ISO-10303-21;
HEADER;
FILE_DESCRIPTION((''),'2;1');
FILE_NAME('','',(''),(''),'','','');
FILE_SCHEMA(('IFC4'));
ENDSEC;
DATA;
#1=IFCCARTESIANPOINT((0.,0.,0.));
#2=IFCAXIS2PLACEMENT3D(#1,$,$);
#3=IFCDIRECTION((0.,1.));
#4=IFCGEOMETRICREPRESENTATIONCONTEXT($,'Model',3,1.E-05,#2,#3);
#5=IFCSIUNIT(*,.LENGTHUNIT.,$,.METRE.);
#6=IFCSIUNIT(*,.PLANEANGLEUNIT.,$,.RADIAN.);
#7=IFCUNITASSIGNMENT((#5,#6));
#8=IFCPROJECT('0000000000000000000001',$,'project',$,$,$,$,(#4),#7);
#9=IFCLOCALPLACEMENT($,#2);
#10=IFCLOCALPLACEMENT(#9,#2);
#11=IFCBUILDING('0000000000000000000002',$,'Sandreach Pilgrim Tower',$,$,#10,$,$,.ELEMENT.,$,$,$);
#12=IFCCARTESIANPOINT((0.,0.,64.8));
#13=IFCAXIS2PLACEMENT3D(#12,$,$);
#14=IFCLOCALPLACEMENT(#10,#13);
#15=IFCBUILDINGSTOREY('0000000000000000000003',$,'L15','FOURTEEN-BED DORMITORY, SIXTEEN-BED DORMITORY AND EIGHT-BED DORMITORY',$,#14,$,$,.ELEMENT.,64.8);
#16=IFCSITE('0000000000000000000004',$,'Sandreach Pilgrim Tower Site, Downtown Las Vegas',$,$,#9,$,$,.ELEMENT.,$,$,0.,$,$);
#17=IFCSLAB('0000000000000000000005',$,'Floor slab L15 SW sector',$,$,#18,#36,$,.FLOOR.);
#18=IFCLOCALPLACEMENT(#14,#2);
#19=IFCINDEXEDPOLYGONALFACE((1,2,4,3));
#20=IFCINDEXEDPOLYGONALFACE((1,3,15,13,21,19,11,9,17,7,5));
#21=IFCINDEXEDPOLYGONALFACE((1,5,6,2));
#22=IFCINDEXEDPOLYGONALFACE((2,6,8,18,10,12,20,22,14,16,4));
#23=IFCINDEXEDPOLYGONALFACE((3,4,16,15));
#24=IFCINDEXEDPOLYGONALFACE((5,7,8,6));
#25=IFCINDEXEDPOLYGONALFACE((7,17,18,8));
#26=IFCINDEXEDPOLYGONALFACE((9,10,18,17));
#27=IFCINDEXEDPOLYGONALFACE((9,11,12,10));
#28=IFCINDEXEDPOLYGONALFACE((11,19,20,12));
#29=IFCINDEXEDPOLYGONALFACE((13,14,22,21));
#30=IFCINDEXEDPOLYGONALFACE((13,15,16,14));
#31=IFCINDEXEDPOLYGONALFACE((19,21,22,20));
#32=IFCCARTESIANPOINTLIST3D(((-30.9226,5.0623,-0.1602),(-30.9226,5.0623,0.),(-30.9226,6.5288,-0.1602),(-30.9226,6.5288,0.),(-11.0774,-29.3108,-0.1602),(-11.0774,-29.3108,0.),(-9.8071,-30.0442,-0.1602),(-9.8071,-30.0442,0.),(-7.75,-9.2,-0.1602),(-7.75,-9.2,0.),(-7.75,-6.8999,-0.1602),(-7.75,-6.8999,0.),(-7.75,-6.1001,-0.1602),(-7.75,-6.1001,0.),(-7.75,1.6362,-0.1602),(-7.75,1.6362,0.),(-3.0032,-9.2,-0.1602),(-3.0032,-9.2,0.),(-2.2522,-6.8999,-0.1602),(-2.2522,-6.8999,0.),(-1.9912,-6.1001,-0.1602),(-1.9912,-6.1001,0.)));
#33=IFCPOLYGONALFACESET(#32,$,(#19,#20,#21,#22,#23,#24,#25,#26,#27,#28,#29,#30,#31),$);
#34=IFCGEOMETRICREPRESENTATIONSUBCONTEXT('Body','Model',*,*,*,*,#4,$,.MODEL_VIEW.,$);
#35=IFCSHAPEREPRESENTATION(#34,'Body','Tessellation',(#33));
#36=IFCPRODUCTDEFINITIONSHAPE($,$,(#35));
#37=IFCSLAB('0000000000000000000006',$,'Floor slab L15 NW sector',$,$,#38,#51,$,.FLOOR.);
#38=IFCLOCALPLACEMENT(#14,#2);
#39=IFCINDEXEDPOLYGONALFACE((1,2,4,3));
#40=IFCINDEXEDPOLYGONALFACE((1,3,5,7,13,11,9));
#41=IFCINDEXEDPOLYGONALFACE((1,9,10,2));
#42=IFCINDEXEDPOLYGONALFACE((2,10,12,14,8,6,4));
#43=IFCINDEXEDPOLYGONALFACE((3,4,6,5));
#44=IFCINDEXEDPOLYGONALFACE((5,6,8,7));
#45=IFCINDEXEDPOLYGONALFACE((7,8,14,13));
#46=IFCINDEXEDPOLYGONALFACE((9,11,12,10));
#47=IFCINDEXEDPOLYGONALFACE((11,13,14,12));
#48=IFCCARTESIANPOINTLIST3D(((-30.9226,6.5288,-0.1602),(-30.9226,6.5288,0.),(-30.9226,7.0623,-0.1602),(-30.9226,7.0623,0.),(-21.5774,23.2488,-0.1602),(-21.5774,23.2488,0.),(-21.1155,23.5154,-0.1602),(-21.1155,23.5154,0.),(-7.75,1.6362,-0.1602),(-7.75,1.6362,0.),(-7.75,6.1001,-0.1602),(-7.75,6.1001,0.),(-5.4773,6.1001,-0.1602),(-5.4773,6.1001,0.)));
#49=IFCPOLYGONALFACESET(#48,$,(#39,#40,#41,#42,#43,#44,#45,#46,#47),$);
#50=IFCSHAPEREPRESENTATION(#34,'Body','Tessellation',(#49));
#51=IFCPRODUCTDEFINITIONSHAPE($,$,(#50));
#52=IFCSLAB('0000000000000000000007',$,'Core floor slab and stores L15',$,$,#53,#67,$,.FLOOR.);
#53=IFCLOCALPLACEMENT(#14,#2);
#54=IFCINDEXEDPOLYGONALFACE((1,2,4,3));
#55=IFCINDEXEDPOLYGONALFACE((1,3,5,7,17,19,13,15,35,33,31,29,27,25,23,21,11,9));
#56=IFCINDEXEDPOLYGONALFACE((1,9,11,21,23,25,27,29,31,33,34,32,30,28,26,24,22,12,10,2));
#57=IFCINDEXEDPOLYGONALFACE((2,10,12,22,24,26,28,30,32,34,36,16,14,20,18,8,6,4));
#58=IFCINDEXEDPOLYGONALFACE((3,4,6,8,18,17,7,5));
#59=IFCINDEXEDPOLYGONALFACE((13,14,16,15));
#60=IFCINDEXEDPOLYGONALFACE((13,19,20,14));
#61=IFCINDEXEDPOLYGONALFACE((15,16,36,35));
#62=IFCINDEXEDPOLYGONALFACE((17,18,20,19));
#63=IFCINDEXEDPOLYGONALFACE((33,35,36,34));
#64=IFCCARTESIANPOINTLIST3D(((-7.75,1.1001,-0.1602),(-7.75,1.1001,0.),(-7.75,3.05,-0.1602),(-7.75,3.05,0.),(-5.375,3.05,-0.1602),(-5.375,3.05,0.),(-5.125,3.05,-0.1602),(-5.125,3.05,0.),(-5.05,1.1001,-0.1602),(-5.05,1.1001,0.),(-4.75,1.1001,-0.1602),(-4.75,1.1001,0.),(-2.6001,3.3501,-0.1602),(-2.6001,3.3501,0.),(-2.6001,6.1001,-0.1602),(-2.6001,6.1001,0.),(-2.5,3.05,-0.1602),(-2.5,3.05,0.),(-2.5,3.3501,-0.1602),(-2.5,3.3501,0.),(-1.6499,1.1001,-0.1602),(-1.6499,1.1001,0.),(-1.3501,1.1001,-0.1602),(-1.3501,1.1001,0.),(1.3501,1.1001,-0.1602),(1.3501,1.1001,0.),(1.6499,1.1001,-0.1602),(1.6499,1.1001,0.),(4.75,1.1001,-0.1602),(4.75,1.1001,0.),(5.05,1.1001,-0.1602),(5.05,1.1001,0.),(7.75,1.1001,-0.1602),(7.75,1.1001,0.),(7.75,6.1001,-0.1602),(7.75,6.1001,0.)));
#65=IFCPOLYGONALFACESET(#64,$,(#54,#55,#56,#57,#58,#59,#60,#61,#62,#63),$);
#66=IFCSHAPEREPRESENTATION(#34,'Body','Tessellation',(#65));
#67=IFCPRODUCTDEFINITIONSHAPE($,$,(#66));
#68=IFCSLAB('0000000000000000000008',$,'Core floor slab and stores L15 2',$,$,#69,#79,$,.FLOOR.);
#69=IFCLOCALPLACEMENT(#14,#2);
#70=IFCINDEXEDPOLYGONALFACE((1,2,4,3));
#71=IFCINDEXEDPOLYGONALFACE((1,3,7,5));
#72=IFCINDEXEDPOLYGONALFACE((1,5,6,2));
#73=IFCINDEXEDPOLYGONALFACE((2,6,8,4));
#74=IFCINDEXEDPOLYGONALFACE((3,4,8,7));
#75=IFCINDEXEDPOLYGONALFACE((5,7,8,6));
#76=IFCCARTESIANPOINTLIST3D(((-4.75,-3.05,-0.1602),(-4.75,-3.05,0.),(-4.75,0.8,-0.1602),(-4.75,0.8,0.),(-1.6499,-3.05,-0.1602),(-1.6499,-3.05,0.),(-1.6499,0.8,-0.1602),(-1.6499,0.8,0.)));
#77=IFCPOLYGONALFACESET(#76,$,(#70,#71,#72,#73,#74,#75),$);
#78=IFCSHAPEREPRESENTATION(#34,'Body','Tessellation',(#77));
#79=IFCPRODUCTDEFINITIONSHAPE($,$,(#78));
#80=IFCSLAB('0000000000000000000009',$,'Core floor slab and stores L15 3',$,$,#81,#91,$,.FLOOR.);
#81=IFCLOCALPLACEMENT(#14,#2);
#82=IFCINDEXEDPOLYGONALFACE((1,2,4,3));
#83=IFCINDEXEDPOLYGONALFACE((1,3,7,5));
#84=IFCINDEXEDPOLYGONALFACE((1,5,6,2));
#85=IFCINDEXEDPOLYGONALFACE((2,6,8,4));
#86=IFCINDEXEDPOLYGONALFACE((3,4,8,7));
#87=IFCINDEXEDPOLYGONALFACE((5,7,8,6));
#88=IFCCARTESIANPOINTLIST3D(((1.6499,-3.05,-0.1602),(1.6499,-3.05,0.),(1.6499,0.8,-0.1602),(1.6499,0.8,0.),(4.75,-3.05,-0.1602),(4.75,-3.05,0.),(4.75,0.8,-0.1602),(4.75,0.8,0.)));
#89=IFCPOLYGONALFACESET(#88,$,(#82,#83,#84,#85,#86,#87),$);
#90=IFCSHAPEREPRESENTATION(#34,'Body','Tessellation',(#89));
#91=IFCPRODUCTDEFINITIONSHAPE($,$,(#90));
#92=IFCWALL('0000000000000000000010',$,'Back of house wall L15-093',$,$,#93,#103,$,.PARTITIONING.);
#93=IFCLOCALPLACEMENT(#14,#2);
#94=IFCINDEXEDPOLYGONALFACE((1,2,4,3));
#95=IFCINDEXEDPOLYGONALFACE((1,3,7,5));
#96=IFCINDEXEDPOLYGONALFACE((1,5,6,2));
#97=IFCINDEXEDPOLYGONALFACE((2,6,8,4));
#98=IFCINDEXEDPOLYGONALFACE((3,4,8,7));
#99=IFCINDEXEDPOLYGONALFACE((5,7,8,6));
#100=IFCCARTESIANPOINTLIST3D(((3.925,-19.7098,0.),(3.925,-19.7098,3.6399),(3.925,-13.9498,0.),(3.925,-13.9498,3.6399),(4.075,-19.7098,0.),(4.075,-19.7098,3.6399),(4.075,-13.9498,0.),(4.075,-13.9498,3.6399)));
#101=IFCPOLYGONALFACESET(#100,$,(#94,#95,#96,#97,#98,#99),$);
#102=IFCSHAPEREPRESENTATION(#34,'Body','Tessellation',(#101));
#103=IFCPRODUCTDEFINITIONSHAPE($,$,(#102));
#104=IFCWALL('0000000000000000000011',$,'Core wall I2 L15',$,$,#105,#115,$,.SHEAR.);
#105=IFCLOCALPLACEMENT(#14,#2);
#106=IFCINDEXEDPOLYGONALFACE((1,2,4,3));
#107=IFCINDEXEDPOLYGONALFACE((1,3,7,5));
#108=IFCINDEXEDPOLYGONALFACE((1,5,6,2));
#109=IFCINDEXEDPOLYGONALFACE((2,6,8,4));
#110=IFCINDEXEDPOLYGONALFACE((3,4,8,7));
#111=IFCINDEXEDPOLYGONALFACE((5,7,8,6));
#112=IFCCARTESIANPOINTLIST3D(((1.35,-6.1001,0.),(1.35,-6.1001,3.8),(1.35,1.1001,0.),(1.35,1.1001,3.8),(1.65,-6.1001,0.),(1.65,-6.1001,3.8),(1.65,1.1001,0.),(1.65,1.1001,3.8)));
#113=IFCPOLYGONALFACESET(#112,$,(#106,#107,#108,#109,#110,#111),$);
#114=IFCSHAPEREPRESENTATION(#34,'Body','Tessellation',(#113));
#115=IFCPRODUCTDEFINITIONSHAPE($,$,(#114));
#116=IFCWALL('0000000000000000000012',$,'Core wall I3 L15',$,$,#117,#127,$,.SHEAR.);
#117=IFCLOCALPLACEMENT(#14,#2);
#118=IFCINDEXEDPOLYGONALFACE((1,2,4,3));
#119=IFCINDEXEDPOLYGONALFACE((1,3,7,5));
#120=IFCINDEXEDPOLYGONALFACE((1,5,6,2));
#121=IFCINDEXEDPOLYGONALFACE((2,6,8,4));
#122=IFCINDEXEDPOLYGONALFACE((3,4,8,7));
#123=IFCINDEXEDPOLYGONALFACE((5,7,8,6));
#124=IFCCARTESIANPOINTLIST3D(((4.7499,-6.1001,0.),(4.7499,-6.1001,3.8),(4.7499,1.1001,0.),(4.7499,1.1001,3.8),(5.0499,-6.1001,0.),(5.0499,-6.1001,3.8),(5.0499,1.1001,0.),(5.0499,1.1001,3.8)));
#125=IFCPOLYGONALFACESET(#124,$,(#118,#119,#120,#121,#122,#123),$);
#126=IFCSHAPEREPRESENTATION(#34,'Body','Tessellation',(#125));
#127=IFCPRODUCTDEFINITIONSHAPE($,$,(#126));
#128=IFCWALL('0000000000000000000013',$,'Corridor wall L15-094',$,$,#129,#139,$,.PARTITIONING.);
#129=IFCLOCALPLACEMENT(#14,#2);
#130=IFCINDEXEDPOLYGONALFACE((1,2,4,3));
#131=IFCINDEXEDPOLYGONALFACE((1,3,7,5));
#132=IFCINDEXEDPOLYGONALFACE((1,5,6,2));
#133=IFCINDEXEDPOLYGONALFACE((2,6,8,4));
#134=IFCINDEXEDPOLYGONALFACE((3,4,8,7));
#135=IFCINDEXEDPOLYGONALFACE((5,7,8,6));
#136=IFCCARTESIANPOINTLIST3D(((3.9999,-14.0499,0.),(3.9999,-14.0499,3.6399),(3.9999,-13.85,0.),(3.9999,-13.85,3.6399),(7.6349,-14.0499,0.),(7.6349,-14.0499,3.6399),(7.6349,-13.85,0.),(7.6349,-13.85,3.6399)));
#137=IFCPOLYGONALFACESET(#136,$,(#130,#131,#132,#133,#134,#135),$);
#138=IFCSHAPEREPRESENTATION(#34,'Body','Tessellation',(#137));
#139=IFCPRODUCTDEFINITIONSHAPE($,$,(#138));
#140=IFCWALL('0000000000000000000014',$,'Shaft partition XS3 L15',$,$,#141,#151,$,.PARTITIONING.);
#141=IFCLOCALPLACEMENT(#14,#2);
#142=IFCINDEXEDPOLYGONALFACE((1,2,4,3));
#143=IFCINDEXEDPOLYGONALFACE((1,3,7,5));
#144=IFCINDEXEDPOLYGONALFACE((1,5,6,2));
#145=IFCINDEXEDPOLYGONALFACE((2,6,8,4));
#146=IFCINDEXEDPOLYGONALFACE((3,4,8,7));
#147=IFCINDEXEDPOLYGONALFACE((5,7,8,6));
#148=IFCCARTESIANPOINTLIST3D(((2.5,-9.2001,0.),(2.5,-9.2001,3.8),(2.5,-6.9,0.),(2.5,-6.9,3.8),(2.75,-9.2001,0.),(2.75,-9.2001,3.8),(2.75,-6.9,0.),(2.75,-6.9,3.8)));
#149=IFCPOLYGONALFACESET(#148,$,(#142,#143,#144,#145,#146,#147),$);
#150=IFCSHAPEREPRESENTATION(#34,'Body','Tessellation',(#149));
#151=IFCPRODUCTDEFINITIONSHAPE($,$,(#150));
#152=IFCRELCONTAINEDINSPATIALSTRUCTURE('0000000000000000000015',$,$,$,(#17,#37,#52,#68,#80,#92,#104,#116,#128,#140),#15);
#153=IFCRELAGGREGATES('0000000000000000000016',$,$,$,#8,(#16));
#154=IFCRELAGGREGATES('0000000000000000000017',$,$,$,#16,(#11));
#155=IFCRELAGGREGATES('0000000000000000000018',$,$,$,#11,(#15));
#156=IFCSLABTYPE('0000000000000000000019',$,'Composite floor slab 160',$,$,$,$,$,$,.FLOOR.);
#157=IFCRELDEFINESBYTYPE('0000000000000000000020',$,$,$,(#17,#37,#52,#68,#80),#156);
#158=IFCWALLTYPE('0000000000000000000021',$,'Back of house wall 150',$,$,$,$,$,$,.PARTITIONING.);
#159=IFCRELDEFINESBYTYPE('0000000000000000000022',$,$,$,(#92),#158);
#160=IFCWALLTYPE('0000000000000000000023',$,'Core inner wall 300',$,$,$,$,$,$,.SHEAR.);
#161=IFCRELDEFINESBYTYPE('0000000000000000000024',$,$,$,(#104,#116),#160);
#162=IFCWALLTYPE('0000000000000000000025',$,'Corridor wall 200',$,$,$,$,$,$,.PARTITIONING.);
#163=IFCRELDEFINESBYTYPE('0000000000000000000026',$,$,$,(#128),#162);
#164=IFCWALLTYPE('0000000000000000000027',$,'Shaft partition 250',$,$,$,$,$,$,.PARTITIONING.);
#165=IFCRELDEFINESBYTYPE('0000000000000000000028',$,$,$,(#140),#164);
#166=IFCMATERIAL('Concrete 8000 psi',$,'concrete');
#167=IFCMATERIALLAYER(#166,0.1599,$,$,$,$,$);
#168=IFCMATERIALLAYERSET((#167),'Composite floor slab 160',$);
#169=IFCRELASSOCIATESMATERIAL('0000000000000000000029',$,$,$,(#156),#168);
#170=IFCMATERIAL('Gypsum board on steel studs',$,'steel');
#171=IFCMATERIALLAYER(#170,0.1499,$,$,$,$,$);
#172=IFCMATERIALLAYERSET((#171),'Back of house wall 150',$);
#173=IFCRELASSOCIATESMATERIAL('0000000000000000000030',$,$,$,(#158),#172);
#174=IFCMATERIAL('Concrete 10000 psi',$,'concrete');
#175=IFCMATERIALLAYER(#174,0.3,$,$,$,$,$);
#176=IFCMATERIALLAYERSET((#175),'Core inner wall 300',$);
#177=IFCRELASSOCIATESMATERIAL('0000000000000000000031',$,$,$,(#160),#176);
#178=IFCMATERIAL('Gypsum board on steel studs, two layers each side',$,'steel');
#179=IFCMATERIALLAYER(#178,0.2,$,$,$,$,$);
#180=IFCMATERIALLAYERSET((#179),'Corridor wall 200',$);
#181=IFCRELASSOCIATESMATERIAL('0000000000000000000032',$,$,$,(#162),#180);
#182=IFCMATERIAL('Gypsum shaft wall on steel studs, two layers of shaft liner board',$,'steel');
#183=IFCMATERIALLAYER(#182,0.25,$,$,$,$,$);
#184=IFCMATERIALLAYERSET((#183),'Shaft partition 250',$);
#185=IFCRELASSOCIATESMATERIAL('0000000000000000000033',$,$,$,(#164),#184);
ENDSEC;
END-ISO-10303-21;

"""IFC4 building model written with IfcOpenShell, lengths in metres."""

from ifc_helpers import new_model, si_unit, direction, frame, frame_2d, origin, place, context, subcontext, project, spatial, polyline, rectangle, outline, extrude, material, layer, layer_set, type_object, element, save


model = new_model("IFC4")

# Units and contexts
model_context = context("Model", 3, precision=1e-05, world=origin(), true_north=direction((0.0, 1.0)))
body_context = subcontext(model_context, "Body", "Model", "MODEL_VIEW")
ifc_project = project(units=[si_unit("LENGTHUNIT", "METRE"), si_unit("PLANEANGLEUNIT", "RADIAN")], contexts=[model_context])

# Site, building, storey
site_placement = place(None, origin())
site = spatial("IfcSite", under=ifc_project, at=site_placement, Name="Sandreach Pilgrim Tower Site, Downtown Las Vegas", CompositionType="ELEMENT", RefElevation=0.0)
building_placement = place(site_placement, origin())
building = spatial("IfcBuilding", under=site, at=building_placement, Name="Sandreach Pilgrim Tower", CompositionType="ELEMENT")
storey_placement = place(building_placement, frame((0.0, 0.0, 64.8)))
storey = spatial("IfcBuildingStorey", under=building, at=storey_placement, Name="L15", Description="FOURTEEN-BED DORMITORY, SIXTEEN-BED DORMITORY AND EIGHT-BED DORMITORY", CompositionType="ELEMENT", Elevation=64.8)

# Slabs
ifc_material_1 = material(Name="Concrete 8000 psi", Category="concrete")
ifc_layer_1 = layer(ifc_material_1, 0.1599)
ifc_layer_set_1 = layer_set([ifc_layer_1], Name="Composite floor slab 160")
slab_type = type_object("IfcSlabType", Name="Composite floor slab 160", PredefinedType="FLOOR", material=ifc_layer_set_1)
slab_1_placement = place(storey_placement, frame((0.0, 0.0, -0.1602)))
element("IfcSlab", 1, at=slab_1_placement, inside=storey, type_object=slab_type, Name="Floor slab L15 SW sector", PredefinedType="FLOOR", context=body_context, shape_type="SweptSolid", body=[
    extrude(outline(polyline([(-11.0774, -29.3108), (-30.9226, 5.0623), (-30.9226, 6.5288), (-7.75, 1.6362), (-7.75, -6.1001), (-1.9912, -6.1001), (-2.2522, -6.8999), (-7.75, -6.8999), (-7.75, -9.2), (-3.0032, -9.2), (-9.8071, -30.0442), (-11.0774, -29.3108)])), origin(), (0.0, 0.0, 1.0), 0.1602),
])
slab_2_placement = place(storey_placement, frame((0.0, 0.0, -0.1602)))
element("IfcSlab", 2, at=slab_2_placement, inside=storey, type_object=slab_type, Name="Floor slab L15 NW sector", PredefinedType="FLOOR", context=body_context, shape_type="SweptSolid", body=[
    extrude(outline(polyline([(-30.9226, 7.0623), (-21.5774, 23.2488), (-21.1155, 23.5154), (-5.4773, 6.1001), (-7.75, 6.1001), (-7.75, 1.6362), (-30.9226, 6.5288), (-30.9226, 7.0623)])), origin(), (0.0, 0.0, 1.0), 0.1602),
])
slab_3_placement = place(storey_placement, frame((0.0, 0.0, -0.1602)))
element("IfcSlab", 3, at=slab_3_placement, inside=storey, type_object=slab_type, Name="Core floor slab and stores L15", PredefinedType="FLOOR", context=body_context, shape_type="SweptSolid", body=[
    extrude(outline(polyline([(-7.75, 3.05), (-5.375, 3.05), (-5.125, 3.05), (-2.5, 3.05), (-2.5, 3.3501), (-2.6001, 3.3501), (-2.6001, 6.1001), (7.75, 6.1001), (7.75, 1.1001), (5.05, 1.1001), (4.75, 1.1001), (1.6499, 1.1001), (1.3501, 1.1001), (-1.3501, 1.1001), (-1.6499, 1.1001), (-4.75, 1.1001), (-5.05, 1.1001), (-7.75, 1.1001), (-7.75, 3.05)])), origin(), (0.0, 0.0, 1.0), 0.1602),
])
slab_4_placement = place(storey_placement, frame((0.0, 0.0, -0.1602)))
element("IfcSlab", 4, at=slab_4_placement, inside=storey, type_object=slab_type, Name="Core floor slab and stores L15 2", PredefinedType="FLOOR", context=body_context, shape_type="SweptSolid", body=[
    extrude(outline(polyline([(-1.6499, -3.05), (-4.75, -3.05), (-4.75, 0.8), (-1.6499, 0.8), (-1.6499, -3.05)])), origin(), (0.0, 0.0, 1.0), 0.1602),
])
slab_5_placement = place(storey_placement, frame((0.0, 0.0, -0.1602)))
element("IfcSlab", 5, at=slab_5_placement, inside=storey, type_object=slab_type, Name="Core floor slab and stores L15 3", PredefinedType="FLOOR", context=body_context, shape_type="SweptSolid", body=[
    extrude(outline(polyline([(4.75, -3.05), (1.6499, -3.05), (1.6499, 0.8), (4.75, 0.8), (4.75, -3.05)])), origin(), (0.0, 0.0, 1.0), 0.1602),
])

# Walls
ifc_material_2 = material(Name="Gypsum board on steel studs", Category="steel")
ifc_layer_2 = layer(ifc_material_2, 0.1499)
ifc_layer_set_2 = layer_set([ifc_layer_2], Name="Back of house wall 150")
wall_type_1 = type_object("IfcWallType", Name="Back of house wall 150", PredefinedType="PARTITIONING", material=ifc_layer_set_2)
wall_1_placement = place(storey_placement, frame((4.0, -13.95, 0.0), z_axis=(0.0, 0.0, 1.0), x_axis=(0.0, -1.0, 0.0)))
element("IfcWall", 6, at=wall_1_placement, inside=storey, type_object=wall_type_1, Name="Back of house wall L15-093", PredefinedType="PARTITIONING", context=body_context, shape_type="SweptSolid", body=[
    extrude(rectangle(XDim=5.76, YDim=0.1499, at=frame_2d((2.8799, 0.0))), origin(), (0.0, 0.0, 1.0), 3.6399),
])
ifc_material_3 = material(Name="Concrete 10000 psi", Category="concrete")
ifc_layer_3 = layer(ifc_material_3, 0.3)
ifc_layer_set_3 = layer_set([ifc_layer_3], Name="Core inner wall 300")
wall_type_2 = type_object("IfcWallType", Name="Core inner wall 300", PredefinedType="SHEAR", material=ifc_layer_set_3)
for number, where, z_axis, x_axis, name in (
    (7, (1.5, -6.1001, 0.0), (0.0, 0.0, 1.0), (0.0, 1.0, 0.0), "Core wall I2 L15"),
    (8, (4.8999, -6.1001, 0.0), (0.0, 0.0, 1.0), (0.0, 1.0, 0.0), "Core wall I3 L15"),
):
    element("IfcWall", number, at=place(storey_placement, frame(where, z_axis=z_axis, x_axis=x_axis)), inside=storey, type_object=wall_type_2, Name=name, PredefinedType="SHEAR", context=body_context, shape_type="SweptSolid", body=[
        extrude(rectangle(XDim=7.2002, YDim=0.3, at=frame_2d((3.6001, 0.0))), origin(), (0.0, 0.0, 1.0), 3.8),
    ])

# Shared definitions
ifc_material_4 = material(Name="Gypsum board on steel studs, two layers each side", Category="steel")
ifc_layer_4 = layer(ifc_material_4, 0.2)
ifc_layer_set_4 = layer_set([ifc_layer_4], Name="Corridor wall 200")
wall_type_3 = type_object("IfcWallType", Name="Corridor wall 200", PredefinedType="PARTITIONING", material=ifc_layer_set_4)

# Walls
wall_2_placement = place(storey_placement, frame((4.0, -13.95, 0.0), z_axis=(0.0, 0.0, 1.0), x_axis=(1.0, 0.0, 0.0)))
element("IfcWall", 9, at=wall_2_placement, inside=storey, type_object=wall_type_3, Name="Corridor wall L15-094", PredefinedType="PARTITIONING", context=body_context, shape_type="SweptSolid", body=[
    extrude(rectangle(XDim=3.635, YDim=0.2, at=frame_2d((1.8174, 0.0))), origin(), (0.0, 0.0, 1.0), 3.6399),
])
ifc_material_5 = material(Name="Gypsum shaft wall on steel studs, two layers of shaft liner board", Category="steel")
ifc_layer_5 = layer(ifc_material_5, 0.25)
ifc_layer_set_5 = layer_set([ifc_layer_5], Name="Shaft partition 250")
wall_type_4 = type_object("IfcWallType", Name="Shaft partition 250", PredefinedType="PARTITIONING", material=ifc_layer_set_5)
wall_3_placement = place(storey_placement, frame((2.625, -9.2, 0.0), z_axis=(0.0, 0.0, 1.0), x_axis=(0.0, 1.0, 0.0)))
element("IfcWall", 10, at=wall_3_placement, inside=storey, type_object=wall_type_4, Name="Shaft partition XS3 L15", PredefinedType="PARTITIONING", context=body_context, shape_type="SweptSolid", body=[
    extrude(rectangle(XDim=2.3, YDim=0.25, at=frame_2d((1.1499, 0.0))), origin(), (0.0, 0.0, 1.0), 3.8),
])

save(model, "model.ifc")
